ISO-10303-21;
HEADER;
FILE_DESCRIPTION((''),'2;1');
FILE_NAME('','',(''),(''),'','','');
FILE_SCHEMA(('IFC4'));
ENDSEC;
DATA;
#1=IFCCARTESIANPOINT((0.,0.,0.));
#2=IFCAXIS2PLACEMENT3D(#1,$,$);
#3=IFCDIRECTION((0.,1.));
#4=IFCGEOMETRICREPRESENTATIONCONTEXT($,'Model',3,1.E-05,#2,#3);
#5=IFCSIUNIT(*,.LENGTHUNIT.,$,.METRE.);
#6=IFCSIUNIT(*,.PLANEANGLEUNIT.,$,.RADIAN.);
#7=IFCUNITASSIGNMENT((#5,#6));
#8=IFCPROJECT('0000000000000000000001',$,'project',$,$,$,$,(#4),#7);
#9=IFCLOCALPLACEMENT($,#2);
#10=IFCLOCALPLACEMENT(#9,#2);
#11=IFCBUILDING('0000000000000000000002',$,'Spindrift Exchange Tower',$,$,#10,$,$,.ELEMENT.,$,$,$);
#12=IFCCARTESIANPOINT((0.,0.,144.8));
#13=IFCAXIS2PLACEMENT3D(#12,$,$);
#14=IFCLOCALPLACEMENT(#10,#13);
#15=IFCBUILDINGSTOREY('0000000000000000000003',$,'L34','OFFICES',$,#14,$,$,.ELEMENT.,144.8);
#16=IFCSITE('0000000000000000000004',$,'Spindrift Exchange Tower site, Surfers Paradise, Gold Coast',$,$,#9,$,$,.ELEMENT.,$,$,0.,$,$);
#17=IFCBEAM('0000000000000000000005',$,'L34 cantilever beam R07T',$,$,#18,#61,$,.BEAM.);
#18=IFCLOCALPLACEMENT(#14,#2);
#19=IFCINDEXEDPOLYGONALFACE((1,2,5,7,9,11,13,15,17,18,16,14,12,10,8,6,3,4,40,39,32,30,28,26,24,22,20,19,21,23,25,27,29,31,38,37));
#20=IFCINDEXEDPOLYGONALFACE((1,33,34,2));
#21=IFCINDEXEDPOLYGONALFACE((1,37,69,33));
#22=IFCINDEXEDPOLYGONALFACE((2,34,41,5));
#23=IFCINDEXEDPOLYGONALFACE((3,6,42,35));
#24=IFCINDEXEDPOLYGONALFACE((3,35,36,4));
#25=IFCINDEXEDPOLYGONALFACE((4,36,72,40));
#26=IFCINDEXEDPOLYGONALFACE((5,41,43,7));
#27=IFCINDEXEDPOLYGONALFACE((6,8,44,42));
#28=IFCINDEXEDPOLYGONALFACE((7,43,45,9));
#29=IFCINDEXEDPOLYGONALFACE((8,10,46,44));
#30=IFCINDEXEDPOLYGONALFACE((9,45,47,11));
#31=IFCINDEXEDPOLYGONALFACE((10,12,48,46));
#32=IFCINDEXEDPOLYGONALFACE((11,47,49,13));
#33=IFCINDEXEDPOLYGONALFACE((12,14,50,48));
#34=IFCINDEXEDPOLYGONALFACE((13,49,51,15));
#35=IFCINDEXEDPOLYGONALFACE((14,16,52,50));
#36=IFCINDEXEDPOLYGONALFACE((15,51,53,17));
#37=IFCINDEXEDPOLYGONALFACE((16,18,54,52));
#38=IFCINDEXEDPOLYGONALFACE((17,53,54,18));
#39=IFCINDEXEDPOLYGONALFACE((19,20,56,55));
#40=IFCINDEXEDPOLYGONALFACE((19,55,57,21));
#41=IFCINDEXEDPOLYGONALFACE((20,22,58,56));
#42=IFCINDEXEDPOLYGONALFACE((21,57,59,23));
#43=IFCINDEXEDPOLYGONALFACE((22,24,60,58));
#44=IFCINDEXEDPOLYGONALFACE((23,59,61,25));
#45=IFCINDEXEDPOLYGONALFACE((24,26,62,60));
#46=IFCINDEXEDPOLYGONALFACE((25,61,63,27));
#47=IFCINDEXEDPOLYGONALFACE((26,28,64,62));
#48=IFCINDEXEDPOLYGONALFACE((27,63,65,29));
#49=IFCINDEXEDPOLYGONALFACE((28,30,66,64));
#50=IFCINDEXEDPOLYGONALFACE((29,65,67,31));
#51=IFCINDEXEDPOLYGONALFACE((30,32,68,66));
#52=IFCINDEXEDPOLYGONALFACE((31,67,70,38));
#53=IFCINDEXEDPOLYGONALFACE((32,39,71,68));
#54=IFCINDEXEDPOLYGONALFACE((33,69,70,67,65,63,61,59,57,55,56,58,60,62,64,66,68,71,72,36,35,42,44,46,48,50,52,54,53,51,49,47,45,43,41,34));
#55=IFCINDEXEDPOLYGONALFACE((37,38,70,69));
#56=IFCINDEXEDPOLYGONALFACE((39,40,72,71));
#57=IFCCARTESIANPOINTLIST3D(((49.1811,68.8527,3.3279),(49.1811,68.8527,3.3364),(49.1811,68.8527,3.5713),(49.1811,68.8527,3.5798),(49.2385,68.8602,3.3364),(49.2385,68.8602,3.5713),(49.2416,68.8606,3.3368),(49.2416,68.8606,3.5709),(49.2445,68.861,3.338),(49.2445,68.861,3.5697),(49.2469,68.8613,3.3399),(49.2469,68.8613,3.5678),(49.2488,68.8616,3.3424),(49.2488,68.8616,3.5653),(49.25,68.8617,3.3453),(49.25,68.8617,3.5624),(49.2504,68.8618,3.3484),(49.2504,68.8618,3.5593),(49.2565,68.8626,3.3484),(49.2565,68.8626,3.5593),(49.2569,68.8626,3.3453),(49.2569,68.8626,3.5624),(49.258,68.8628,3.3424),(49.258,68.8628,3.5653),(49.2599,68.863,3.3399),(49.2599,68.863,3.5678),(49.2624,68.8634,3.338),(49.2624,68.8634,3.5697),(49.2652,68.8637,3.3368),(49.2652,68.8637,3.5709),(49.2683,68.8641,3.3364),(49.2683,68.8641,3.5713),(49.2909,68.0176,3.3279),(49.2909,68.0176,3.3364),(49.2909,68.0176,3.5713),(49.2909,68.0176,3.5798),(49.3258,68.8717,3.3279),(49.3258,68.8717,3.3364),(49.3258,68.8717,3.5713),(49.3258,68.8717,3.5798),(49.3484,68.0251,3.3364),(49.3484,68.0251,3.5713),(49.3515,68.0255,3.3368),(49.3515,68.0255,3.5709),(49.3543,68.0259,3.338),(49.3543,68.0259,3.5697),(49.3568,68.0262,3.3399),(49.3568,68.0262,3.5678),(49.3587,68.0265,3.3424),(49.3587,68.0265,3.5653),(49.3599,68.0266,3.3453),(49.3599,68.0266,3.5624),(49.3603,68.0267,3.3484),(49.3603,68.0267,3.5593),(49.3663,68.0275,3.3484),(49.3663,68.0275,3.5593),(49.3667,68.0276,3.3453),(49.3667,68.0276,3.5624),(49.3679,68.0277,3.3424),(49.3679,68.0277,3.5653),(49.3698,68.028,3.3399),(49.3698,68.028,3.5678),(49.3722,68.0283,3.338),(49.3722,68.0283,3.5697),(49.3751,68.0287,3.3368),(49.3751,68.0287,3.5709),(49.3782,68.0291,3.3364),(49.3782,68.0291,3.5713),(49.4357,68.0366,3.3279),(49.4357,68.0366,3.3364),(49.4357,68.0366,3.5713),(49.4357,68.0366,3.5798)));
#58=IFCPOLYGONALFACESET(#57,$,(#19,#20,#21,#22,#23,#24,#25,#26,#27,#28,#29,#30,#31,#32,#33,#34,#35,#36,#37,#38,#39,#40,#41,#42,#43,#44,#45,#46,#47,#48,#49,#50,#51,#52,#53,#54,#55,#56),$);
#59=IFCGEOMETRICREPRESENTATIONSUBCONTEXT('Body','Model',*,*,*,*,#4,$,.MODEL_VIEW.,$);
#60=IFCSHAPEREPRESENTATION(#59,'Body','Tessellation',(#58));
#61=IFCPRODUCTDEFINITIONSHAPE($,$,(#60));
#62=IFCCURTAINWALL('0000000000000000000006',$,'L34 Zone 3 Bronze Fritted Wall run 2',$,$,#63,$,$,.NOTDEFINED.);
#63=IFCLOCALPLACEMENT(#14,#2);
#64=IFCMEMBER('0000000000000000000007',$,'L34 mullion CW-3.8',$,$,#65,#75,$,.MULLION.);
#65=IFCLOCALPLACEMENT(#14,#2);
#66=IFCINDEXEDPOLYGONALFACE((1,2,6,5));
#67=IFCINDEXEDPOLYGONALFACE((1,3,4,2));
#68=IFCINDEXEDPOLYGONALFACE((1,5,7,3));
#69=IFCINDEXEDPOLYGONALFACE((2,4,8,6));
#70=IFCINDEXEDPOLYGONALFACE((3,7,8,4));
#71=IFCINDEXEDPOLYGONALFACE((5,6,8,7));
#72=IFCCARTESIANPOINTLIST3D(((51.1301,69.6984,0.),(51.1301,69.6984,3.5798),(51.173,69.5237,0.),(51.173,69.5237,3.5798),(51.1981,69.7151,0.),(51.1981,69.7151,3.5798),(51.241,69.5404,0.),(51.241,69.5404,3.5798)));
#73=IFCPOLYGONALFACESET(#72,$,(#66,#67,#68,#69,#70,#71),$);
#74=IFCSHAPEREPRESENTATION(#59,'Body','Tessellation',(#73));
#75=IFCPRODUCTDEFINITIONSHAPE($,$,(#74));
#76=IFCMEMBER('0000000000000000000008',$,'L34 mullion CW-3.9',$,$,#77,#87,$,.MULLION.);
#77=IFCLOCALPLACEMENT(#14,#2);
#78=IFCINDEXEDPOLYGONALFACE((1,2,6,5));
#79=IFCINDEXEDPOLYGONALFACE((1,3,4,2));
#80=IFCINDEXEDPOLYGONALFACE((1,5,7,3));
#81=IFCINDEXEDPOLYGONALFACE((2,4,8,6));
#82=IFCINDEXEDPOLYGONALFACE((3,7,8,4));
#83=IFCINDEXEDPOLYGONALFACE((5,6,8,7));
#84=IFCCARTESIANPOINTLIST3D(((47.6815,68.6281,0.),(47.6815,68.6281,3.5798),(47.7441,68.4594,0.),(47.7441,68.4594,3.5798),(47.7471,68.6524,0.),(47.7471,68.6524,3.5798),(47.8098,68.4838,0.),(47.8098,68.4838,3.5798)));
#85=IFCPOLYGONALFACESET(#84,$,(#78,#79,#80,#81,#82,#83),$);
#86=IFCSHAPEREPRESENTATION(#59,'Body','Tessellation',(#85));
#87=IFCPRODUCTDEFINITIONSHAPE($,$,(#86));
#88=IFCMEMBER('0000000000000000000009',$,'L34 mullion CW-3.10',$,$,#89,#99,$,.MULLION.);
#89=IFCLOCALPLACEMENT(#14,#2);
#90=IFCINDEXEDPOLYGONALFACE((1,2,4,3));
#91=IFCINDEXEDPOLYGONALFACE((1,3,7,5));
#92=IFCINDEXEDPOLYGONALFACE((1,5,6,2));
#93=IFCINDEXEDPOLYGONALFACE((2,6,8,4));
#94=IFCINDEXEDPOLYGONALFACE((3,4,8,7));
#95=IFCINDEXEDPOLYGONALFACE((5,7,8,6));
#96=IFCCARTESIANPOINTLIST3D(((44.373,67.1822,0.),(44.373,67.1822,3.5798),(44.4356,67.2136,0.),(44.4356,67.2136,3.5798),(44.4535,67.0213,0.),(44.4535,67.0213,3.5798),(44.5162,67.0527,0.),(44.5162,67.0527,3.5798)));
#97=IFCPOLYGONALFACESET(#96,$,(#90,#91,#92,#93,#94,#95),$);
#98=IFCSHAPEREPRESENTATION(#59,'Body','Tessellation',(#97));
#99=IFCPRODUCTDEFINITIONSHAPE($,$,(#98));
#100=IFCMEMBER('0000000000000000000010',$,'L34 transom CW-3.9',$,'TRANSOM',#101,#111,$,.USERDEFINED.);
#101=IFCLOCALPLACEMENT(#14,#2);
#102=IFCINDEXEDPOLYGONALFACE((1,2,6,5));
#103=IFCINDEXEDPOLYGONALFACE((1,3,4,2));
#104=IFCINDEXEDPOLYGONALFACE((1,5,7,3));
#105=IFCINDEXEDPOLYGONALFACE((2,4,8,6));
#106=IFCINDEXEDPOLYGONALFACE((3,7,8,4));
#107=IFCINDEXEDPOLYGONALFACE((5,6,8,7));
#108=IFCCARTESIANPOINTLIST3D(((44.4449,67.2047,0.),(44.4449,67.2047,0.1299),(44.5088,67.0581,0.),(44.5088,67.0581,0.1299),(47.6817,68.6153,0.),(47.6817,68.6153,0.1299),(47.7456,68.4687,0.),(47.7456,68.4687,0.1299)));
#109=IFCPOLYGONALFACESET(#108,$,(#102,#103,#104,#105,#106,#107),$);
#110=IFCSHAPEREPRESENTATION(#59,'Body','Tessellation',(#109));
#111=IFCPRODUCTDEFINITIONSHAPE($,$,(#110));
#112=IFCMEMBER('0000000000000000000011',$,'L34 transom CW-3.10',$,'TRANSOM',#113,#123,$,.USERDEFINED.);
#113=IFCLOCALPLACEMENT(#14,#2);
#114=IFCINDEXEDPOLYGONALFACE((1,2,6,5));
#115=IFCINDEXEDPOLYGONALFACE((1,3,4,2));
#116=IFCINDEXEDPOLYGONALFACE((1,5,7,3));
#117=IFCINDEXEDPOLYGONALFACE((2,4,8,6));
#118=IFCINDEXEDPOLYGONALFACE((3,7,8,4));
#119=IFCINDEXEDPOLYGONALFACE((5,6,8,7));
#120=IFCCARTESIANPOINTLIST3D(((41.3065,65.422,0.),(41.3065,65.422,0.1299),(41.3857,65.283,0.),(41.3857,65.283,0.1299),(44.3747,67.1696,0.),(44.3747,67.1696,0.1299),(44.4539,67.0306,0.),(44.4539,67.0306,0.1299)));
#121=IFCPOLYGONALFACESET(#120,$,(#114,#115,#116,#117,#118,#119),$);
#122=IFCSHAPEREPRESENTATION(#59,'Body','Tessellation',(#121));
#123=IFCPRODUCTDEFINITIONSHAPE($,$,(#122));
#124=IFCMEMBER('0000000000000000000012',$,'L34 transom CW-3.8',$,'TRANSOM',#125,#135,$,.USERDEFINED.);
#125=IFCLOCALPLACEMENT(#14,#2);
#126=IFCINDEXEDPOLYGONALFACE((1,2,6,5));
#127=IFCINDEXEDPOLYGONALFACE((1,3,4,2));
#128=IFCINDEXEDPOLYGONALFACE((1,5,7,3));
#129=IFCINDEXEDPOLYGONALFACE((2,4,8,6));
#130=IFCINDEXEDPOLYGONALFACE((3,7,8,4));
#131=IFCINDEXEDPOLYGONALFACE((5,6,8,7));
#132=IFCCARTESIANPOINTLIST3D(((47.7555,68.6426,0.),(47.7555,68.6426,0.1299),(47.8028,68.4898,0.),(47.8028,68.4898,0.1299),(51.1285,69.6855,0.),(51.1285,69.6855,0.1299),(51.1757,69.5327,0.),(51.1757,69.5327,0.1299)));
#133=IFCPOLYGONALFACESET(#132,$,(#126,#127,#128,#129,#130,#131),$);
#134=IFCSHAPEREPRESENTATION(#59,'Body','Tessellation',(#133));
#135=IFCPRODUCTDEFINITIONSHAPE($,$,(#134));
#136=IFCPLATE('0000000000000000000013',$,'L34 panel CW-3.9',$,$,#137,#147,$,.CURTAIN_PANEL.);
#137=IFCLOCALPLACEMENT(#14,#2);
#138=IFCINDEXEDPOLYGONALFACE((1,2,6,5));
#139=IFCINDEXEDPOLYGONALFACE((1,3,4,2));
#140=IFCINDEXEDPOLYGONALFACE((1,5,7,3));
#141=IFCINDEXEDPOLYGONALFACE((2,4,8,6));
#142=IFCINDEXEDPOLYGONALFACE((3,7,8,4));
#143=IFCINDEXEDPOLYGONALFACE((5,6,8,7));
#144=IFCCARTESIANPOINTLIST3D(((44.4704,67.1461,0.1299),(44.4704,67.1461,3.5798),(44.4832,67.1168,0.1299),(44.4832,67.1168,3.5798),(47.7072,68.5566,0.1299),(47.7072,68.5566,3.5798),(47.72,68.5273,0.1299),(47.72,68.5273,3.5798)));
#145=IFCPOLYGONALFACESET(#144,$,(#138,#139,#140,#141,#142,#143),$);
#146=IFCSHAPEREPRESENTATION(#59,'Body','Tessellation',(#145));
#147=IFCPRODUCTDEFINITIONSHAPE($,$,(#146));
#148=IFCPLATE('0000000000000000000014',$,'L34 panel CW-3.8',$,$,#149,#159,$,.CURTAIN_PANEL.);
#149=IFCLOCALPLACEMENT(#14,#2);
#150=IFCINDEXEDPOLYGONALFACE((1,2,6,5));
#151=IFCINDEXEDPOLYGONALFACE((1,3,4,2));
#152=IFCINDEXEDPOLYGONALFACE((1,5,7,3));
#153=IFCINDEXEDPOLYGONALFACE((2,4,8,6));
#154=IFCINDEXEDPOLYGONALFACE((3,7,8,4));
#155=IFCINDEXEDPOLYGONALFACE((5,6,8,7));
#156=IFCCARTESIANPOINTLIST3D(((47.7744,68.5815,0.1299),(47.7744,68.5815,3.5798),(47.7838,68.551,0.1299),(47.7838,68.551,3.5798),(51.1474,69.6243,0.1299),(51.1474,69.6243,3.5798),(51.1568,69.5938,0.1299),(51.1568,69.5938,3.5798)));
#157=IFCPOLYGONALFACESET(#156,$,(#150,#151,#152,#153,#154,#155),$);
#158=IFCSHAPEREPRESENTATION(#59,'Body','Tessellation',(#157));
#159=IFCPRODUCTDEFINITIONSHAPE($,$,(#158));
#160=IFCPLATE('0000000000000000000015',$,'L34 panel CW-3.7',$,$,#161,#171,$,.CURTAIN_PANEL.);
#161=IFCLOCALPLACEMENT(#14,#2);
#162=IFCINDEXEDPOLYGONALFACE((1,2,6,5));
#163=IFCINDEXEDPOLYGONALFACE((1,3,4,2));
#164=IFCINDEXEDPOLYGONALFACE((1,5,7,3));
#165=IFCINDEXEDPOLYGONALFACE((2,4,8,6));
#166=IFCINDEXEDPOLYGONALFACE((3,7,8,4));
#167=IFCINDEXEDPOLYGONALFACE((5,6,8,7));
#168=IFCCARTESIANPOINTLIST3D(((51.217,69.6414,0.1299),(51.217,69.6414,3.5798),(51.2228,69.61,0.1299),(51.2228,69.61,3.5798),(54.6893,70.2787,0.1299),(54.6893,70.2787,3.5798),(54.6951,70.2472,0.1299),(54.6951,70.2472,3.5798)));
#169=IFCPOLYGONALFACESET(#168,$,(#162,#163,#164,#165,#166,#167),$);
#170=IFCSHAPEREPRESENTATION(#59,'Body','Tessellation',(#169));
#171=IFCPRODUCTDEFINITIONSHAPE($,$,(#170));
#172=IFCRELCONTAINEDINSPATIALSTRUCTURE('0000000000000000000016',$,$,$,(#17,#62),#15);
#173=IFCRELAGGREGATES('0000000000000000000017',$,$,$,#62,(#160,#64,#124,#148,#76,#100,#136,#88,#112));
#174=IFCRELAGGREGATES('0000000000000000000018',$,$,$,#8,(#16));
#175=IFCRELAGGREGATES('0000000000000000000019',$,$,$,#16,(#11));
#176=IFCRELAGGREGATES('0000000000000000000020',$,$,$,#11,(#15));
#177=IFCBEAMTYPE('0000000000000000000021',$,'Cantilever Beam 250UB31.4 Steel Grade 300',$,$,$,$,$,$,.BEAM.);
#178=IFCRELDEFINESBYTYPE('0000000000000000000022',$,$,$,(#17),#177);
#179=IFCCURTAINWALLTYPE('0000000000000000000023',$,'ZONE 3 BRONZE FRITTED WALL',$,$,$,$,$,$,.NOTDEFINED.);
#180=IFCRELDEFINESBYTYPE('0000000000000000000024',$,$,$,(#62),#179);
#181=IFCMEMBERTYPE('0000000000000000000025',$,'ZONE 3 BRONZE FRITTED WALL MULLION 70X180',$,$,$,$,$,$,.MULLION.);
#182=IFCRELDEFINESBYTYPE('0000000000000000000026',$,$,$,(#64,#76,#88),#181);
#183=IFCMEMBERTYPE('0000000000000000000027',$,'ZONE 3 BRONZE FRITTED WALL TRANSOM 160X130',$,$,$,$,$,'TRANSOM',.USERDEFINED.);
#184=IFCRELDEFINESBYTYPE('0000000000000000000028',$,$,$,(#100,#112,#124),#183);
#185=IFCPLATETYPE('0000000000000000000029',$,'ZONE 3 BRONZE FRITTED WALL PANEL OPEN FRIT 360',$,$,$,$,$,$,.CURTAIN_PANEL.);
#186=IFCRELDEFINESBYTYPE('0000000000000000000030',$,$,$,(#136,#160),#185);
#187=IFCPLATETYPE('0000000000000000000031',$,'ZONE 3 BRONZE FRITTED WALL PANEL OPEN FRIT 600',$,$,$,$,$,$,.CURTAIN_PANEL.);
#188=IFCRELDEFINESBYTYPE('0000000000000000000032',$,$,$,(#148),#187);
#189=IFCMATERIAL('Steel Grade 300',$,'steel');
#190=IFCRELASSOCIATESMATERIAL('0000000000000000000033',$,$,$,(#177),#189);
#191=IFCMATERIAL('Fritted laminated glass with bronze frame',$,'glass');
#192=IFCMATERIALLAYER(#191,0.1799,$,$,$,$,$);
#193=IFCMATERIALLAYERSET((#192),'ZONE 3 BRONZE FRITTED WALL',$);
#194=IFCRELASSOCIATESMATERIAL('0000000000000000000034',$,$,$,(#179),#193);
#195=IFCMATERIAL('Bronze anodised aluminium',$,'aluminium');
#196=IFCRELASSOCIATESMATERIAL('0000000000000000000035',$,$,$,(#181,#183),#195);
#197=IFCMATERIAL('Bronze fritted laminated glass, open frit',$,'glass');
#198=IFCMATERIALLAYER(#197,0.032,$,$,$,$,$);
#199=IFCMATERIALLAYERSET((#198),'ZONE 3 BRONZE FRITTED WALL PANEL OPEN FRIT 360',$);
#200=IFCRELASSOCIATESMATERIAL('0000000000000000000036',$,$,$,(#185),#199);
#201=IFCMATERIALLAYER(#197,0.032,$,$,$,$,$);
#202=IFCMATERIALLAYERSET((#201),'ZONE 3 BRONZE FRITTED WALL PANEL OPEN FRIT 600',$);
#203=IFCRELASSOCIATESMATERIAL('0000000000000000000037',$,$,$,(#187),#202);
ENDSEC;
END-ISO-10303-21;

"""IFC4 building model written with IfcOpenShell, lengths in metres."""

from ifc_helpers import new_model, si_unit, direction, frame, origin, origin_2d, place, context, subcontext, project, spatial, rectangle, i_section, extrude, source, transform, mapped, material, layer, layer_set, material_profile, profile_set, type_object, element, aggregate, save


model = new_model("IFC4")

# Units and contexts
model_context = context("Model", 3, precision=1e-05, world=origin(), true_north=direction((0.0, 1.0)))
body_context = subcontext(model_context, "Body", "Model", "MODEL_VIEW")
ifc_project = project(units=[si_unit("LENGTHUNIT", "METRE"), si_unit("PLANEANGLEUNIT", "RADIAN")], contexts=[model_context])

# Site, building, storey
site_placement = place(None, origin())
site = spatial("IfcSite", under=ifc_project, at=site_placement, Name="Spindrift Exchange Tower site, Surfers Paradise, Gold Coast", CompositionType="ELEMENT", RefElevation=0.0)
building_placement = place(site_placement, origin())
building = spatial("IfcBuilding", under=site, at=building_placement, Name="Spindrift Exchange Tower", CompositionType="ELEMENT")
storey_placement = place(building_placement, frame((0.0, 0.0, 144.8)))
storey = spatial("IfcBuildingStorey", under=building, at=storey_placement, Name="L34", Description="OFFICES", CompositionType="ELEMENT", Elevation=144.8)

# Beam
ifc_material_1 = material(Name="Steel Grade 300", Category="steel")
ifc_material_profile_1 = material_profile(ifc_material_1, i_section(OverallWidth=0.146, OverallDepth=0.252, WebThickness=0.0061, FlangeThickness=0.0085, FilletRadius=0.012, at=origin_2d()), Name="250UB31.4")
ifc_profile_set_1 = profile_set([ifc_material_profile_1], Name="Steel Grade 300")
beam_type_1 = type_object("IfcBeamType", Name="Cantilever Beam 250UB31.4 Steel Grade 300", PredefinedType="BEAM", material=ifc_profile_set_1)
shared_shape_1 = source(origin(), body_context, "Body", "SweptSolid", [
    extrude(i_section(OverallWidth=0.146, OverallDepth=0.252, WebThickness=0.0061, FlangeThickness=0.0085, FilletRadius=0.012, at=origin_2d()), origin(), (0.0, 0.0, 1.0), 0.8423),
])
beam_1_placement = place(storey_placement, frame((49.3633, 68.0271, 3.4539), z_axis=(-0.130417, 0.991459, 0.0), x_axis=(-0.991459, -0.130417, 0.0)))
element("IfcBeam", 1, at=beam_1_placement, inside=storey, type_object=beam_type_1, Name="L34 cantilever beam R07T", PredefinedType="BEAM", context=body_context, shape_type="MappedRepresentation", body=[
    mapped(shared_shape_1, transform((0.0, 0.0, 0.0), scale=1.0)),
])

# Curtain wall, members, plates
ifc_material_2 = material(Name="Fritted laminated glass with bronze frame", Category="glass")
ifc_layer_1 = layer(ifc_material_2, 0.1799)
ifc_layer_set_1 = layer_set([ifc_layer_1], Name="ZONE 3 BRONZE FRITTED WALL")
curtain_wall_type = type_object("IfcCurtainWallType", Name="ZONE 3 BRONZE FRITTED WALL", PredefinedType="NOTDEFINED", material=ifc_layer_set_1)
curtain_wall_placement = place(storey_placement, origin())
curtain_wall = element("IfcCurtainWall", 2, at=curtain_wall_placement, inside=storey, type_object=curtain_wall_type, Name="L34 Zone 3 Bronze Fritted Wall run 2", PredefinedType="NOTDEFINED")
ifc_material_3 = material(Name="Bronze anodised aluminium", Category="aluminium")
ifc_material_profile_2 = material_profile(ifc_material_3, rectangle(XDim=0.0701, YDim=0.1799, at=origin_2d()), Name="ZONE 3 BRONZE FRITTED WALL MULLION 70X180")
ifc_profile_set_2 = profile_set([ifc_material_profile_2], Name="Bronze anodised aluminium")
member_type_1 = type_object("IfcMemberType", Name="ZONE 3 BRONZE FRITTED WALL MULLION 70X180", PredefinedType="MULLION", material=ifc_profile_set_2)
shared_shape_2 = source(origin(), body_context, "Body", "SweptSolid", [
    extrude(rectangle(XDim=0.0701, YDim=0.1799, at=origin_2d()), origin(), (0.0, 0.0, 1.0), 3.5798),
])
member_1_placement = place(storey_placement, frame((51.1855, 69.6194, 0.0), z_axis=(0.0, 0.0, 1.0), x_axis=(-0.971177, -0.238358, 0.0)))
member_1 = element("IfcMember", 3, at=member_1_placement, type_object=member_type_1, Name="L34 mullion CW-3.8", PredefinedType="MULLION", context=body_context, shape_type="MappedRepresentation", body=[
    mapped(shared_shape_2, transform((0.0, 0.0, 0.0), scale=1.0)),
])
member_2_placement = place(storey_placement, frame((47.7456, 68.5559, 0.0), z_axis=(0.0, 0.0, 1.0), x_axis=(-0.937506, -0.347969, 0.0)))
member_2 = element("IfcMember", 4, at=member_2_placement, type_object=member_type_1, Name="L34 mullion CW-3.9", PredefinedType="MULLION", context=body_context, shape_type="MappedRepresentation", body=[
    mapped(shared_shape_2, transform((0.0, 0.0, 0.0), scale=1.0)),
])
member_3_placement = place(storey_placement, frame((44.4446, 67.1174, 0.0), z_axis=(0.0, 0.0, 1.0), x_axis=(-0.894099, -0.44787, 0.0)))
member_3 = element("IfcMember", 5, at=member_3_placement, type_object=member_type_1, Name="L34 mullion CW-3.10", PredefinedType="MULLION", context=body_context, shape_type="MappedRepresentation", body=[
    mapped(shared_shape_2, transform((0.0, 0.0, 0.0), scale=1.0)),
])
ifc_material_profile_3 = material_profile(ifc_material_3, rectangle(XDim=0.1599, YDim=0.1299, at=origin_2d()), Name="ZONE 3 BRONZE FRITTED WALL TRANSOM 160X130")
ifc_profile_set_3 = profile_set([ifc_material_profile_3], Name="Bronze anodised aluminium")
member_type_2 = type_object("IfcMemberType", Name="ZONE 3 BRONZE FRITTED WALL TRANSOM 160X130", ElementType="TRANSOM", PredefinedType="USERDEFINED", material=ifc_profile_set_3)
shared_shape_3 = source(origin(), body_context, "Body", "SweptSolid", [
    extrude(rectangle(XDim=0.1599, YDim=0.1299, at=origin_2d()), origin(), (0.0, 0.0, 1.0), 3.5308),
])
member_4_placement = place(storey_placement, frame((47.7136, 68.542, 0.0649), z_axis=(-0.916725, -0.39952, 0.0), x_axis=(0.39952, -0.916725, 0.0)))
member_4 = element("IfcMember", 6, at=member_4_placement, type_object=member_type_2, Name="L34 transom CW-3.9", ObjectType="TRANSOM", PredefinedType="USERDEFINED", context=body_context, shape_type="MappedRepresentation", body=[
    mapped(shared_shape_3, transform((0.0, 0.0, 0.0), scale=1.0)),
])
shared_shape_4 = source(origin(), body_context, "Body", "SweptSolid", [
    extrude(rectangle(XDim=0.1599, YDim=0.1299, at=origin_2d()), origin(), (0.0, 0.0, 1.0), 3.531),
])
member_5_placement = place(storey_placement, frame((44.4143, 67.1001, 0.0649), z_axis=(-0.868932, -0.494932, 0.0), x_axis=(0.494932, -0.868932, 0.0)))
member_5 = element("IfcMember", 7, at=member_5_placement, type_object=member_type_2, Name="L34 transom CW-3.10", ObjectType="TRANSOM", PredefinedType="USERDEFINED", context=body_context, shape_type="MappedRepresentation", body=[
    mapped(shared_shape_4, transform((0.0, 0.0, 0.0), scale=1.0)),
])
shared_shape_5 = source(origin(), body_context, "Body", "SweptSolid", [
    extrude(rectangle(XDim=0.1599, YDim=0.1299, at=origin_2d()), origin(), (0.0, 0.0, 1.0), 3.5305),
])
member_6_placement = place(storey_placement, frame((51.1521, 69.6091, 0.0649), z_axis=(-0.955371, -0.295407, 0.0), x_axis=(0.295407, -0.955371, 0.0)))
member_6 = element("IfcMember", 8, at=member_6_placement, type_object=member_type_2, Name="L34 transom CW-3.8", ObjectType="TRANSOM", PredefinedType="USERDEFINED", context=body_context, shape_type="MappedRepresentation", body=[
    mapped(shared_shape_5, transform((0.0, 0.0, 0.0), scale=1.0)),
])
ifc_material_4 = material(Name="Bronze fritted laminated glass, open frit", Category="glass")
ifc_layer_2 = layer(ifc_material_4, 0.032)
ifc_layer_set_2 = layer_set([ifc_layer_2], Name="ZONE 3 BRONZE FRITTED WALL PANEL OPEN FRIT 360")
plate_type_1 = type_object("IfcPlateType", Name="ZONE 3 BRONZE FRITTED WALL PANEL OPEN FRIT 360", PredefinedType="CURTAIN_PANEL", material=ifc_layer_set_2)
shared_shape_6 = source(origin(), body_context, "Body", "SweptSolid", [
    extrude(rectangle(XDim=3.5308, YDim=0.032, at=origin_2d()), origin(), (0.0, 0.0, 1.0), 3.45),
])
plate_1_placement = place(storey_placement, frame((46.0952, 67.8367, 0.1299), z_axis=(0.0, 0.0, 1.0), x_axis=(-0.916736, -0.399493, 0.0)))
plate_1 = element("IfcPlate", 9, at=plate_1_placement, type_object=plate_type_1, Name="L34 panel CW-3.9", PredefinedType="CURTAIN_PANEL", context=body_context, shape_type="MappedRepresentation", body=[
    mapped(shared_shape_6, transform((0.0, 0.0, 0.0), scale=1.0)),
])
ifc_layer_3 = layer(ifc_material_4, 0.032)
ifc_layer_set_3 = layer_set([ifc_layer_3], Name="ZONE 3 BRONZE FRITTED WALL PANEL OPEN FRIT 600")
plate_type_2 = type_object("IfcPlateType", Name="ZONE 3 BRONZE FRITTED WALL PANEL OPEN FRIT 600", PredefinedType="CURTAIN_PANEL", material=ifc_layer_set_3)
shared_shape_7 = source(origin(), body_context, "Body", "SweptSolid", [
    extrude(rectangle(XDim=3.5305, YDim=0.032, at=origin_2d()), origin(), (0.0, 0.0, 1.0), 3.45),
])
plate_2_placement = place(storey_placement, frame((49.4656, 69.0876, 0.1299), z_axis=(0.0, 0.0, 1.0), x_axis=(-0.955383, -0.295371, 0.0)))
plate_2 = element("IfcPlate", 10, at=plate_2_placement, type_object=plate_type_2, Name="L34 panel CW-3.8", PredefinedType="CURTAIN_PANEL", context=body_context, shape_type="MappedRepresentation", body=[
    mapped(shared_shape_7, transform((0.0, 0.0, 0.0), scale=1.0)),
])
shared_shape_8 = source(origin(), body_context, "Body", "SweptSolid", [
    extrude(rectangle(XDim=3.5303, YDim=0.032, at=origin_2d()), origin(), (0.0, 0.0, 1.0), 3.45),
])
plate_3_placement = place(storey_placement, frame((52.9561, 69.9443, 0.1299), z_axis=(0.0, 0.0, 1.0), x_axis=(-0.983573, -0.180511, 0.0)))
plate_3 = element("IfcPlate", 11, at=plate_3_placement, type_object=plate_type_1, Name="L34 panel CW-3.7", PredefinedType="CURTAIN_PANEL", context=body_context, shape_type="MappedRepresentation", body=[
    mapped(shared_shape_8, transform((0.0, 0.0, 0.0), scale=1.0)),
])
aggregate(curtain_wall, [plate_3, member_1, member_6, plate_2, member_2, member_4, plate_1, member_3, member_5])

save(model, "model.ifc")
